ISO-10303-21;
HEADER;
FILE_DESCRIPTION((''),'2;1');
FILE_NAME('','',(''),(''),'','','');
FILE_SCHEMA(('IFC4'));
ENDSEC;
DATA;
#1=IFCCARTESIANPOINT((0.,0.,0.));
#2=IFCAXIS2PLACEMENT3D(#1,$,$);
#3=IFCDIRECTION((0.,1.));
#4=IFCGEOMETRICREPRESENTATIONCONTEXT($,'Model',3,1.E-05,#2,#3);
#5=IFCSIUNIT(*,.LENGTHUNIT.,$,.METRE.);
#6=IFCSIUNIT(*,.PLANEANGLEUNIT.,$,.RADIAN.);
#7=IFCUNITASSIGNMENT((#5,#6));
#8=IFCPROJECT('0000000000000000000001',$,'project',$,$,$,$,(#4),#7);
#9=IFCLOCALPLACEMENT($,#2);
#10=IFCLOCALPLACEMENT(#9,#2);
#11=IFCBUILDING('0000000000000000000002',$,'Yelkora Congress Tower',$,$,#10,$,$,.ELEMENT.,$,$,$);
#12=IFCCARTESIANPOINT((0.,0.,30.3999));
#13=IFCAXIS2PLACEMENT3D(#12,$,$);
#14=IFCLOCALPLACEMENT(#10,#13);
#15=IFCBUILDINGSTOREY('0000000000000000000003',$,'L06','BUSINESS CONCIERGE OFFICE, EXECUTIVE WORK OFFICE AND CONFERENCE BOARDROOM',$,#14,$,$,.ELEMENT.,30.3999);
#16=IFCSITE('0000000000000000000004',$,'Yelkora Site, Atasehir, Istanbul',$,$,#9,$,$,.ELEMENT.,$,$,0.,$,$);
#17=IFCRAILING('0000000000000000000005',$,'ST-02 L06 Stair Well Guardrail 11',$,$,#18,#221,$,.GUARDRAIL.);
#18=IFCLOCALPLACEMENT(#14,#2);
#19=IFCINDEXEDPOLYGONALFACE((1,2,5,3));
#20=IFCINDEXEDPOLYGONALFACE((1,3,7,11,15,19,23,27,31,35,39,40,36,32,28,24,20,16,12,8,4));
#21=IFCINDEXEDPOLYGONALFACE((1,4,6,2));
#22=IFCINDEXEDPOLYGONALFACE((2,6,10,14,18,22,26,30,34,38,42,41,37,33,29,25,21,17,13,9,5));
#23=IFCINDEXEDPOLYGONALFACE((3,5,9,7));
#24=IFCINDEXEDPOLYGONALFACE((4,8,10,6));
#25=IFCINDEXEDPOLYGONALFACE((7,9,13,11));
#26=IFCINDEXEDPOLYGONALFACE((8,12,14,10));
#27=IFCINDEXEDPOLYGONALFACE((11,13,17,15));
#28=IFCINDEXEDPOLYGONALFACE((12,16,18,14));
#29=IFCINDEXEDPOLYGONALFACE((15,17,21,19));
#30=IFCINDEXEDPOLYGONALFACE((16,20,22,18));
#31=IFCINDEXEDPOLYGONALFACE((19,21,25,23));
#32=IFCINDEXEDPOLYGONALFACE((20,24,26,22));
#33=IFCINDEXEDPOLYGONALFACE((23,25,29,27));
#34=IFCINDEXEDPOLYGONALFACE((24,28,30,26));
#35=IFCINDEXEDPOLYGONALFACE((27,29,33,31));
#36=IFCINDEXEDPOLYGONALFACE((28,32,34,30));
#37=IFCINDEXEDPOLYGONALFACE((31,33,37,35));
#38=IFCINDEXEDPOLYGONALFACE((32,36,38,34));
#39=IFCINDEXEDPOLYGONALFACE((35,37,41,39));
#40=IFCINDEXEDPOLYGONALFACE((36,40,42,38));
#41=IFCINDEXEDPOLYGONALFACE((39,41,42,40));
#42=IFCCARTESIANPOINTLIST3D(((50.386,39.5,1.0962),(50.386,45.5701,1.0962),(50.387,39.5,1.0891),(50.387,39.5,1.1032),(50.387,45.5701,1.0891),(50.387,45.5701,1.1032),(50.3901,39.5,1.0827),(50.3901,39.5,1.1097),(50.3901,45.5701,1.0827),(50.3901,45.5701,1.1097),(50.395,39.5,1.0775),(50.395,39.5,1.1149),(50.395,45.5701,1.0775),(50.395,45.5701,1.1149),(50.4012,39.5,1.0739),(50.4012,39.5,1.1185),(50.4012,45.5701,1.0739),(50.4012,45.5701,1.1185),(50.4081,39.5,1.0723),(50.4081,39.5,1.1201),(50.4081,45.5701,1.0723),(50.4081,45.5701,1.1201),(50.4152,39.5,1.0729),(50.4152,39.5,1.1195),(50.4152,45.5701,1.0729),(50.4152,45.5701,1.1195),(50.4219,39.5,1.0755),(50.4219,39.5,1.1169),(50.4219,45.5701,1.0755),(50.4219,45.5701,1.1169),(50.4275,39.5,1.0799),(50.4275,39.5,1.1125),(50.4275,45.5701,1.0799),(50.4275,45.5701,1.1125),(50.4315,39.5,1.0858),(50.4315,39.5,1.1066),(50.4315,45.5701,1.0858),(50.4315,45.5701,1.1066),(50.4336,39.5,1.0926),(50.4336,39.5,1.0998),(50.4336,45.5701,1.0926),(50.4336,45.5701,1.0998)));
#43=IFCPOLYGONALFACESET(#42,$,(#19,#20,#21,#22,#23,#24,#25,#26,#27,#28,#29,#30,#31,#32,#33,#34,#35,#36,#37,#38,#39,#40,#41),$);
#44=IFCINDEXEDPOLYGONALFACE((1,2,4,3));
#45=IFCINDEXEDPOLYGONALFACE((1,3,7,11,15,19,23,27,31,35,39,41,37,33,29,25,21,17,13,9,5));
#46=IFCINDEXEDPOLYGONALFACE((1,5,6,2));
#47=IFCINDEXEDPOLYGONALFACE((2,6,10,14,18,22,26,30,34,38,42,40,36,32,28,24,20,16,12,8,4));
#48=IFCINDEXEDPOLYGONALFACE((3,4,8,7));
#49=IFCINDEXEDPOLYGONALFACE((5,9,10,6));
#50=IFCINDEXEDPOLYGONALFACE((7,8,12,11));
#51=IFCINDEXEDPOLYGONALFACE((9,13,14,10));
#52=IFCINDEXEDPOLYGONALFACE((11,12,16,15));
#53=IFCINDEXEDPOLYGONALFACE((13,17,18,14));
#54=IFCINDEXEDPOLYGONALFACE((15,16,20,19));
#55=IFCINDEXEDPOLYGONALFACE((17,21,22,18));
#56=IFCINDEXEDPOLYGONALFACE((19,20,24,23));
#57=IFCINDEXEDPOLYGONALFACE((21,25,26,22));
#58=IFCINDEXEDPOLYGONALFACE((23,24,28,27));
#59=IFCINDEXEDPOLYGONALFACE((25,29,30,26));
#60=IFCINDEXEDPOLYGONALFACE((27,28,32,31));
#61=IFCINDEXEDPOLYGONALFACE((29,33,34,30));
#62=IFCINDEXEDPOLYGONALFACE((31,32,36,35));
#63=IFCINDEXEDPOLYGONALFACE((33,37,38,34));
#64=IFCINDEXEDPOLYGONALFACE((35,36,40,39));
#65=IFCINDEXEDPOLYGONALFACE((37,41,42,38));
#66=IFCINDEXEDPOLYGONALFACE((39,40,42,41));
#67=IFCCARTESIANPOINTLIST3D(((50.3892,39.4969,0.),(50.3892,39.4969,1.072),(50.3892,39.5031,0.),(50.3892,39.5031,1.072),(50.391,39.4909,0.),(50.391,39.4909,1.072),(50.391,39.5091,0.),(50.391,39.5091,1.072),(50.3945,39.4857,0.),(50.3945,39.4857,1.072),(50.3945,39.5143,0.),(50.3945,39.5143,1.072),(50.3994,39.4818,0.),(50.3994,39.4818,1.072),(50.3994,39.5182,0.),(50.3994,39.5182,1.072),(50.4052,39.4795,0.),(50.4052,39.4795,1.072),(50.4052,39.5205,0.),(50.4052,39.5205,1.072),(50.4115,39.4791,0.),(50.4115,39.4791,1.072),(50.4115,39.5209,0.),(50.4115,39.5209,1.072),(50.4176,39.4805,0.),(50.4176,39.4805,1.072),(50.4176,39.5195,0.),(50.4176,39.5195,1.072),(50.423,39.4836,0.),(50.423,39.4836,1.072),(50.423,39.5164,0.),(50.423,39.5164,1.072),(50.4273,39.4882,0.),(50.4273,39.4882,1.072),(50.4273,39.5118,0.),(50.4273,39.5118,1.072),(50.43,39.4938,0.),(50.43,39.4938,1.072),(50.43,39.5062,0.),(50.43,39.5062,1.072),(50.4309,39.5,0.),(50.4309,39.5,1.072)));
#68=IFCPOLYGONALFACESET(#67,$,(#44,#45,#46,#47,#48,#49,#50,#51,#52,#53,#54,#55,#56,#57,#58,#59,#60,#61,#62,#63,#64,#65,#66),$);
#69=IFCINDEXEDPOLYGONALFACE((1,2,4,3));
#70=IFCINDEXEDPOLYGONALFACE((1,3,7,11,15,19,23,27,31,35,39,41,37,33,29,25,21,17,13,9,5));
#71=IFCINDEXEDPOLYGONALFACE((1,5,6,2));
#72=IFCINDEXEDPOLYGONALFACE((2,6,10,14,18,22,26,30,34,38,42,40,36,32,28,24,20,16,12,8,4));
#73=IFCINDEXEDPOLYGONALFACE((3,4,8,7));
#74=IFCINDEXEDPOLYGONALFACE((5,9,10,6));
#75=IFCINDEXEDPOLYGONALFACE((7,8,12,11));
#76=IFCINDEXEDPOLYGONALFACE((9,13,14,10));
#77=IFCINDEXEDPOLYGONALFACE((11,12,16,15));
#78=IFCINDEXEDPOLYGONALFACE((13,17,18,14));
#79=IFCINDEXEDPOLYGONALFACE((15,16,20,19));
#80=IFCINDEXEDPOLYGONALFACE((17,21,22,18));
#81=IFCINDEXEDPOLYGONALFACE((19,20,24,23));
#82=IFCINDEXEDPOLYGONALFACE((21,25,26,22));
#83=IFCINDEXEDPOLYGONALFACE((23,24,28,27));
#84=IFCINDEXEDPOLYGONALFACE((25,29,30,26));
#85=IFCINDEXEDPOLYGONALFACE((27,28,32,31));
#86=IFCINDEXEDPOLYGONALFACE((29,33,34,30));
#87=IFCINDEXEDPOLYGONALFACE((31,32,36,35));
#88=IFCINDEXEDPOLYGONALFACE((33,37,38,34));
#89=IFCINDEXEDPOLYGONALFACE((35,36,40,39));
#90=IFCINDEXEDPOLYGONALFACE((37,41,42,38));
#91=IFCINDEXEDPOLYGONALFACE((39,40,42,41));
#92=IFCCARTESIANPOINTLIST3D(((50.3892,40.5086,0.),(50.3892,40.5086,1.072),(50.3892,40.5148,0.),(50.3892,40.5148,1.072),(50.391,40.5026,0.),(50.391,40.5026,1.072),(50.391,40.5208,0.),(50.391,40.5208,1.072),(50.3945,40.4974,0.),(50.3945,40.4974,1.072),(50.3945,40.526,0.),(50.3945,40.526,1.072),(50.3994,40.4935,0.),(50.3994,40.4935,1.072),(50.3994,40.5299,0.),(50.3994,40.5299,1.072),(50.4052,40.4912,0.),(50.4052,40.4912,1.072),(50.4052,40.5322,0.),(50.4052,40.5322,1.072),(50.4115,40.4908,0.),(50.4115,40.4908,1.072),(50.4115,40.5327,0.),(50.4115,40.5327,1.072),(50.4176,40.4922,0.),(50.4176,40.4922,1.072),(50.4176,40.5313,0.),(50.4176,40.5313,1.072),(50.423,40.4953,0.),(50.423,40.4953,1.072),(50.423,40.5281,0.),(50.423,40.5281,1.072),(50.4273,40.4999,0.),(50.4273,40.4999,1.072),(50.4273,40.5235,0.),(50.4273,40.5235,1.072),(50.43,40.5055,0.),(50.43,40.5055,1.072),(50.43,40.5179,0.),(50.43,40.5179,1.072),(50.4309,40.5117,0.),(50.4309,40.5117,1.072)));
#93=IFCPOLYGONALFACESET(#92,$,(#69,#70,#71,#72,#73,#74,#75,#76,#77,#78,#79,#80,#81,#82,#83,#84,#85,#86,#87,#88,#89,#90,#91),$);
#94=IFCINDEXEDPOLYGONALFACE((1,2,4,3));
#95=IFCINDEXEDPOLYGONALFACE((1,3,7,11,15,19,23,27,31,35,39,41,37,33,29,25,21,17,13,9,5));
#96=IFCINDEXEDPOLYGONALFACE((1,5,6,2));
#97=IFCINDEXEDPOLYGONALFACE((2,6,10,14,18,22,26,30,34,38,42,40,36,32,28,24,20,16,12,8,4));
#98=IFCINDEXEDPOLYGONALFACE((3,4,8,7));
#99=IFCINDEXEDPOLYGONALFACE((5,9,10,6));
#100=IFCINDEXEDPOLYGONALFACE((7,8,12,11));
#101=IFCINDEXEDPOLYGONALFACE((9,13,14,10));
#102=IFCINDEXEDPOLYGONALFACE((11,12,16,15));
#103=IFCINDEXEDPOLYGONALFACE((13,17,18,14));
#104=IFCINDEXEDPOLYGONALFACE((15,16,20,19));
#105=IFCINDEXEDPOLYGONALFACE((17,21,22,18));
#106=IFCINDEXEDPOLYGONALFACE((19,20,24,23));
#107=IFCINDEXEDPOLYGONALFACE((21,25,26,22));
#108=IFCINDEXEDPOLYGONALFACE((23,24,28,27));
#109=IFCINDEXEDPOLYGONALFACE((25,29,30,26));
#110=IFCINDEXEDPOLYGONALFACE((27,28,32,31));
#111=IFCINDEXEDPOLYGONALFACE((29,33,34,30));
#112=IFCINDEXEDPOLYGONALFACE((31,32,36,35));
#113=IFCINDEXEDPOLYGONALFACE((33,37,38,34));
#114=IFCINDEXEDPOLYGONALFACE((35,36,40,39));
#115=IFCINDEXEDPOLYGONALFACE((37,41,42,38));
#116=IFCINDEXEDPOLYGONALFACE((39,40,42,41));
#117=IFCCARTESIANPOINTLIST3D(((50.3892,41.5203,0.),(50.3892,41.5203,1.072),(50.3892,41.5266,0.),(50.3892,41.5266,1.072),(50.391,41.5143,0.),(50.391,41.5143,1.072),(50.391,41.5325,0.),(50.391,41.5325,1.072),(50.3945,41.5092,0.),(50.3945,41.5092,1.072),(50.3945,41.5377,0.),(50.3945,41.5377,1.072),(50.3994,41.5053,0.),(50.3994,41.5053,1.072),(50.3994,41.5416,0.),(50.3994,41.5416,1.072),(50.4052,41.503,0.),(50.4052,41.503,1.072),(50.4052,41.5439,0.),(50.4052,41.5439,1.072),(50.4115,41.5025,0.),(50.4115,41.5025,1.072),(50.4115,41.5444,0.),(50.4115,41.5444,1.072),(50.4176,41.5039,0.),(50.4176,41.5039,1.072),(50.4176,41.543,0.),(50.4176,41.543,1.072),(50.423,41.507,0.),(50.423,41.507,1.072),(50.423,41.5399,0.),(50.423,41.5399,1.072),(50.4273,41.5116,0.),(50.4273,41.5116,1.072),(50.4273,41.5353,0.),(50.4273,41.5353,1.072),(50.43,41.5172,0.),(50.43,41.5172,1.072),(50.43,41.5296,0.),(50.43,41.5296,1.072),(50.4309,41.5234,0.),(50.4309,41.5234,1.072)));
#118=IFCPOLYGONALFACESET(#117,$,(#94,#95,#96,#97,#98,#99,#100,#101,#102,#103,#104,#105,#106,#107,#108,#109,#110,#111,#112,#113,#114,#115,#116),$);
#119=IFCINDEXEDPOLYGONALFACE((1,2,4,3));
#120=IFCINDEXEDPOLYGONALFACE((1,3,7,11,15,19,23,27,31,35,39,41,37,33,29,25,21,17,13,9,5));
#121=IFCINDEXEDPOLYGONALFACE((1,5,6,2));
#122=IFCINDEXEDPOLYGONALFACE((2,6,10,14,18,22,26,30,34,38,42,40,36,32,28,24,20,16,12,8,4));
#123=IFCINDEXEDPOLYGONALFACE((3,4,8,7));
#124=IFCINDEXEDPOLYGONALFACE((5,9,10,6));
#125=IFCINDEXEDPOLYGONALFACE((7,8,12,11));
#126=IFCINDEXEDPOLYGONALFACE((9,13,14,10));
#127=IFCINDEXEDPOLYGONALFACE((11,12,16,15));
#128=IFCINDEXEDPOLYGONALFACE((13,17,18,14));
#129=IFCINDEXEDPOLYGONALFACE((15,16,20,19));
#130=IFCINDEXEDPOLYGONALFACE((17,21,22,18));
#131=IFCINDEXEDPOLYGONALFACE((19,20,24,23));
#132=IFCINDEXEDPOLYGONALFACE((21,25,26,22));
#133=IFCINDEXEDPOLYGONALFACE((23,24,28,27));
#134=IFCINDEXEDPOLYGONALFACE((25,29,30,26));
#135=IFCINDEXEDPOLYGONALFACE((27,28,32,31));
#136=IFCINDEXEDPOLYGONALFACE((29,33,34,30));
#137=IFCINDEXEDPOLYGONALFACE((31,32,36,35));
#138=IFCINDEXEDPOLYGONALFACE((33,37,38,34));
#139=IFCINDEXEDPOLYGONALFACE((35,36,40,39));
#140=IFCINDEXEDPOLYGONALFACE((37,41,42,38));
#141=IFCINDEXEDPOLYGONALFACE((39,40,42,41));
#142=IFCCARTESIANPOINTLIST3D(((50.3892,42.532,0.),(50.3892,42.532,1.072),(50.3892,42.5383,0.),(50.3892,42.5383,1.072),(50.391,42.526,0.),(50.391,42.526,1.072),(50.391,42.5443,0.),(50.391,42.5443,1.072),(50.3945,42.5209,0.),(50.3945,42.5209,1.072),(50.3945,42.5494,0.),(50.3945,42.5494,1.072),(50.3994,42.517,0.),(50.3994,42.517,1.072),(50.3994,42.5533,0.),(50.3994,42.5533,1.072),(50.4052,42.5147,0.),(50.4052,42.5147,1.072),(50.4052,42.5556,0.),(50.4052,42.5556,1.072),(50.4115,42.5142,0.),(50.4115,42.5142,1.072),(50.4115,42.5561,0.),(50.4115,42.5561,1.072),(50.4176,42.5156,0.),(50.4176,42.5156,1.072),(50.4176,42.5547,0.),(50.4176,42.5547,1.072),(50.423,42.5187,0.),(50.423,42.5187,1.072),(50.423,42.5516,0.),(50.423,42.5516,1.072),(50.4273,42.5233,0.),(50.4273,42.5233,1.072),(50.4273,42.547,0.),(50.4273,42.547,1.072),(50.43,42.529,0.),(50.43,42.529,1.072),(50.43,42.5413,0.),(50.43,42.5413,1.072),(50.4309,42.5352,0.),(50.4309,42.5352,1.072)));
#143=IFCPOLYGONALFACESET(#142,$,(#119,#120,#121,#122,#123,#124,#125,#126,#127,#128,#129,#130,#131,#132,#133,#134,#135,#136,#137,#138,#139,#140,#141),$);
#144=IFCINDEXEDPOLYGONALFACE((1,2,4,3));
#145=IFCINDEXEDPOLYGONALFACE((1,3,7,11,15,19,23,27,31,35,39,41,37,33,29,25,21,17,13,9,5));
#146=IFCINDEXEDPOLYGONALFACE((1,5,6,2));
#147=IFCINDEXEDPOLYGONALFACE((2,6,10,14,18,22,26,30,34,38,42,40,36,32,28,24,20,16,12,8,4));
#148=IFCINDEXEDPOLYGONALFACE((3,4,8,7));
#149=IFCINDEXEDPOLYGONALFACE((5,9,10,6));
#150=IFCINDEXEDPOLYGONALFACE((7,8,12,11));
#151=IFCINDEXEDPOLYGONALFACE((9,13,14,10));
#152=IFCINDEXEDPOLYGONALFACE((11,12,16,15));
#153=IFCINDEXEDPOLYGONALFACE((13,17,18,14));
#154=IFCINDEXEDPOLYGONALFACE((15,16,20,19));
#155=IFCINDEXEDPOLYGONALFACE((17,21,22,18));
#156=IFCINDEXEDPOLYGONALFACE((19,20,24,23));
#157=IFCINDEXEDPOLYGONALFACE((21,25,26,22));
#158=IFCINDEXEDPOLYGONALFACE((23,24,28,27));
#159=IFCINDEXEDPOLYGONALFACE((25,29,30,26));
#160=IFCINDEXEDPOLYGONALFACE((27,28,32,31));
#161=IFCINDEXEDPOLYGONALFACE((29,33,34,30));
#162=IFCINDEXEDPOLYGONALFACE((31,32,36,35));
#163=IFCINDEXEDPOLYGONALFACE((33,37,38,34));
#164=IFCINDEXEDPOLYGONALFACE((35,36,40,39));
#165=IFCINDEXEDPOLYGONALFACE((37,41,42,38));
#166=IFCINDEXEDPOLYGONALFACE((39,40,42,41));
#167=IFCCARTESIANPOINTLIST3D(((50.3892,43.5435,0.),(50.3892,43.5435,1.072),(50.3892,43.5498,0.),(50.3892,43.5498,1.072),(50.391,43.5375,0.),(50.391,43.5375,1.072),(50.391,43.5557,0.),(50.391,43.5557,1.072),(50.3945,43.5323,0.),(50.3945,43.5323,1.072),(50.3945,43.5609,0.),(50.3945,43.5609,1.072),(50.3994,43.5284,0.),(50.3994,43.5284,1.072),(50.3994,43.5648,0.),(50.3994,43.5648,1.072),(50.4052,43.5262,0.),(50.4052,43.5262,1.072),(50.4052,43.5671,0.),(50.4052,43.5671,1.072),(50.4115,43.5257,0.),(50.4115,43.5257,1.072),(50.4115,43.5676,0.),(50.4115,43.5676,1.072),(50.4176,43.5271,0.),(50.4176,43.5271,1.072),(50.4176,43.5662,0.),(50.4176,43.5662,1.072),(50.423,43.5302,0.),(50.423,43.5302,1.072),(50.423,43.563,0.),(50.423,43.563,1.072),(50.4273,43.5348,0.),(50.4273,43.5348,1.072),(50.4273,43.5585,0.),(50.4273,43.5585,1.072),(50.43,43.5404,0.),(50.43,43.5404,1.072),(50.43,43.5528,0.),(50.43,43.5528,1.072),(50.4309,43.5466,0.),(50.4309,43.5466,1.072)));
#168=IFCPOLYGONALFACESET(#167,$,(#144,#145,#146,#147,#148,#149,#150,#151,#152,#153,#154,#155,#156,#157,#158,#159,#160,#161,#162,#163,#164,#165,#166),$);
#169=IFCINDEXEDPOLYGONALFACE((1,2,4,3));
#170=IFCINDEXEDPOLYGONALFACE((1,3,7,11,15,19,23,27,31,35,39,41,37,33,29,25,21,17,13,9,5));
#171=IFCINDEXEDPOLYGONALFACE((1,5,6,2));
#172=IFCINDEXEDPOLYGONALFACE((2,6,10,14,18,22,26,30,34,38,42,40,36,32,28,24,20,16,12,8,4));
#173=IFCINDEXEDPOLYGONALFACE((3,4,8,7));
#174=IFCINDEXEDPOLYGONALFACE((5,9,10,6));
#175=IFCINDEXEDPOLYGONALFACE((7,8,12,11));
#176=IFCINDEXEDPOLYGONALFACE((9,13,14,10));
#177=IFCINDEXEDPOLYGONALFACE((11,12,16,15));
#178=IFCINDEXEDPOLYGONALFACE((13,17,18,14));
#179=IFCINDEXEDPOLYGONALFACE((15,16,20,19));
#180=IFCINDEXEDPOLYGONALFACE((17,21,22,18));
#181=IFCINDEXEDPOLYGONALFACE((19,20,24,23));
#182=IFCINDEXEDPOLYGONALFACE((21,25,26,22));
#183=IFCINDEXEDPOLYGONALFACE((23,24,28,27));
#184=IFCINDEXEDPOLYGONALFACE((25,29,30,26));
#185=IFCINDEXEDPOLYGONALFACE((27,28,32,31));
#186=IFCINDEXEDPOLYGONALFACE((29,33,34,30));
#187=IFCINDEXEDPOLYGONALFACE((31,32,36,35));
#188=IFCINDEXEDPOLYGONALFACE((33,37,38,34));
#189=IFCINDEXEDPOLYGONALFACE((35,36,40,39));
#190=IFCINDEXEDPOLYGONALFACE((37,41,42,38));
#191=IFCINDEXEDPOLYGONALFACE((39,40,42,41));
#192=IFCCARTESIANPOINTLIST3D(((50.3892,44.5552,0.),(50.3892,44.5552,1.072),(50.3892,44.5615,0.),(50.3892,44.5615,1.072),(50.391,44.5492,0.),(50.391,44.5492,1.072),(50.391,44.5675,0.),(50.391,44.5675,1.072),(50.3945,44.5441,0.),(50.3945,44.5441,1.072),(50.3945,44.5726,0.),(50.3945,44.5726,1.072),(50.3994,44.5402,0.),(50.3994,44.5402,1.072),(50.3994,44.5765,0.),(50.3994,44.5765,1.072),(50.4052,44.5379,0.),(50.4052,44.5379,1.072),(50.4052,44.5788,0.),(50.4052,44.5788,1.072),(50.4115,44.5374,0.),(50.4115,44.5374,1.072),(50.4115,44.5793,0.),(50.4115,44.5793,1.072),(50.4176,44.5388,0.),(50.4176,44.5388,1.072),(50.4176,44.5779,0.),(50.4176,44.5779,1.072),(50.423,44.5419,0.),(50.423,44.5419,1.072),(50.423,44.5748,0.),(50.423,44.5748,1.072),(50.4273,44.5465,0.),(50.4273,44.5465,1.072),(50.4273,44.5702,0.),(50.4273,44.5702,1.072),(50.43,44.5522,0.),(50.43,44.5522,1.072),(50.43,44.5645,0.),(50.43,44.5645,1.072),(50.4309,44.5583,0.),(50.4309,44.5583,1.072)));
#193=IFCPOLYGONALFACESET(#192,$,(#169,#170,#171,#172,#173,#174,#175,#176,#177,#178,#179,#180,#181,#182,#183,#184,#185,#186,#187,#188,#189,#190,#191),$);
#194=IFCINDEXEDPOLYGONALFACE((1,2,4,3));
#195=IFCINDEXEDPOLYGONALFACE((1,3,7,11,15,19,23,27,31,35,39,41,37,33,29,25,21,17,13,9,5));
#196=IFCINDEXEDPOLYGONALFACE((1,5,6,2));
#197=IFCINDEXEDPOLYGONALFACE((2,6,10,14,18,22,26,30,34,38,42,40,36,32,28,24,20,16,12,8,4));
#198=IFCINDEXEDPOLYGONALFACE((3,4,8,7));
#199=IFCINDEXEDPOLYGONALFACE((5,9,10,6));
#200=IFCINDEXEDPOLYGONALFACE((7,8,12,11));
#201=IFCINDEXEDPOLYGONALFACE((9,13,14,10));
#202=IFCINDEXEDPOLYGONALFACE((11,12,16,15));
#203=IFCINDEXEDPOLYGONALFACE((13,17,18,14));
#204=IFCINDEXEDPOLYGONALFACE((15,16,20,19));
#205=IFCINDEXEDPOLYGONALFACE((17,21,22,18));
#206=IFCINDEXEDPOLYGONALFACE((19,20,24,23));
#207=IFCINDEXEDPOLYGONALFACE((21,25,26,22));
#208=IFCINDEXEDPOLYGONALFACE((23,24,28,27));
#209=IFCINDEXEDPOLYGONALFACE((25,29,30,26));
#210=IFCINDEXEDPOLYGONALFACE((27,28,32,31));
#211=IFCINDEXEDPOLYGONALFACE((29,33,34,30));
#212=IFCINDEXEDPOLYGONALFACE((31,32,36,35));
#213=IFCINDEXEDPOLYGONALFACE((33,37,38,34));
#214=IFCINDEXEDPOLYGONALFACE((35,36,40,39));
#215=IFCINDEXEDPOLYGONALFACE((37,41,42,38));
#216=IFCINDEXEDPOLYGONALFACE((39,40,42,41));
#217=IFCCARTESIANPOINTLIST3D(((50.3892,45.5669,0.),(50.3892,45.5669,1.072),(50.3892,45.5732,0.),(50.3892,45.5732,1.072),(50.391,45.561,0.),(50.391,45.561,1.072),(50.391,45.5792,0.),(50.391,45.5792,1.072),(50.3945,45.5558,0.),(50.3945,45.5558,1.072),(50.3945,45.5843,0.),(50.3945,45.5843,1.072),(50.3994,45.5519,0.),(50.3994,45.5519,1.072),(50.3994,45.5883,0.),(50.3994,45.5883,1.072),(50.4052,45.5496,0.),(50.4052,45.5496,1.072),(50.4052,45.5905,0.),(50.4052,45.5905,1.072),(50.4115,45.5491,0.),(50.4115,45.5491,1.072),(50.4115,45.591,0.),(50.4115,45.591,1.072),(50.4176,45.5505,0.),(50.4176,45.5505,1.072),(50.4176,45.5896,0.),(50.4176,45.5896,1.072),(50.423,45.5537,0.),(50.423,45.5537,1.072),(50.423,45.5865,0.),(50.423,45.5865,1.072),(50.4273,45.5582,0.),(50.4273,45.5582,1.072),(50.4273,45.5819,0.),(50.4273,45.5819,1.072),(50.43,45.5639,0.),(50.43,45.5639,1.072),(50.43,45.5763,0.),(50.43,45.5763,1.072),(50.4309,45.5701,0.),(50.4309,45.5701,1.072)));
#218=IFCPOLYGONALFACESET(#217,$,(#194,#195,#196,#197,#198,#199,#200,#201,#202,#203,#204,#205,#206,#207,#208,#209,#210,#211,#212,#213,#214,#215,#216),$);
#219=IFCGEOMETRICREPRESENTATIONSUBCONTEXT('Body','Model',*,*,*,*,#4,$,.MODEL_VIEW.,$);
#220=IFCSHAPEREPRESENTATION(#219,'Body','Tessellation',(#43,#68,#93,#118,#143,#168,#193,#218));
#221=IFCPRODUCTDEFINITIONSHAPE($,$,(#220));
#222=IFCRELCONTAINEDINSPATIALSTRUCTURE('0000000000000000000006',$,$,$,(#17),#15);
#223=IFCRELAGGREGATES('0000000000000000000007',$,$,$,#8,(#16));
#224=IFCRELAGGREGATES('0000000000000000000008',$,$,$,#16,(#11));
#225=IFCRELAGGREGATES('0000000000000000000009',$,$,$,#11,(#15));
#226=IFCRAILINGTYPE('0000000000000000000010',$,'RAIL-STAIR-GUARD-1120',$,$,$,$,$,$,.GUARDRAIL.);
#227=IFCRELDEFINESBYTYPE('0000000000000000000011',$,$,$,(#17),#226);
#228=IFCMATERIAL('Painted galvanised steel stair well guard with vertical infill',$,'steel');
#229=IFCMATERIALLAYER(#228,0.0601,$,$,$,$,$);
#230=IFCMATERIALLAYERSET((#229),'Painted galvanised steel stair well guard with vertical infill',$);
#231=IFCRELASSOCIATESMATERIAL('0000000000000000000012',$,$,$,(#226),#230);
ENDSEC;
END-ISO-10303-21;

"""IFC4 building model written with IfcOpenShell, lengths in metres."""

from ifc_helpers import new_model, si_unit, direction, frame, origin, origin_2d, place, context, subcontext, project, spatial, circle, extrude, material, layer, layer_set, type_object, element, save


model = new_model("IFC4")

# Units and contexts
model_context = context("Model", 3, precision=1e-05, world=origin(), true_north=direction((0.0, 1.0)))
body_context = subcontext(model_context, "Body", "Model", "MODEL_VIEW")
ifc_project = project(units=[si_unit("LENGTHUNIT", "METRE"), si_unit("PLANEANGLEUNIT", "RADIAN")], contexts=[model_context])

# Site, building, storey
site_placement = place(None, origin())
site = spatial("IfcSite", under=ifc_project, at=site_placement, Name="Yelkora Site, Atasehir, Istanbul", CompositionType="ELEMENT", RefElevation=0.0)
building_placement = place(site_placement, origin())
building = spatial("IfcBuilding", under=site, at=building_placement, Name="Yelkora Congress Tower", CompositionType="ELEMENT")
storey_placement = place(building_placement, frame((0.0, 0.0, 30.3999)))
storey = spatial("IfcBuildingStorey", under=building, at=storey_placement, Name="L06", Description="BUSINESS CONCIERGE OFFICE, EXECUTIVE WORK OFFICE AND CONFERENCE BOARDROOM", CompositionType="ELEMENT", Elevation=30.3999)

# Railing
ifc_material_1 = material(Name="Painted galvanised steel stair well guard with vertical infill", Category="steel")
ifc_layer_1 = layer(ifc_material_1, 0.0601)
ifc_layer_set_1 = layer_set([ifc_layer_1], Name="Painted galvanised steel stair well guard with vertical infill")
railing_type_1 = type_object("IfcRailingType", Name="RAIL-STAIR-GUARD-1120", PredefinedType="GUARDRAIL", material=ifc_layer_set_1)
railing_1_placement = place(storey_placement, frame((50.4099, 39.5, 0.0)))
element("IfcRailing", 1, at=railing_1_placement, inside=storey, type_object=railing_type_1, Name="ST-02 L06 Stair Well Guardrail 11", PredefinedType="GUARDRAIL", context=body_context, shape_type="SweptSolid", body=[
    extrude(circle(Radius=0.0239, at=origin_2d()), frame((0.0, 0.0, 1.0962), z_axis=(0.0, 1.0, 0.0), x_axis=(-1.0, 0.0, 0.0)), (0.0, 0.0, 1.0), 6.0701),
    extrude(circle(Radius=0.021, at=origin_2d()), origin(), (0.0, 0.0, 1.0), 1.072),
    extrude(circle(Radius=0.021, at=origin_2d()), frame((0.0, 1.0117, 0.0)), (0.0, 0.0, 1.0), 1.072),
    extrude(circle(Radius=0.021, at=origin_2d()), frame((0.0, 2.0234, 0.0)), (0.0, 0.0, 1.0), 1.072),
    extrude(circle(Radius=0.021, at=origin_2d()), frame((0.0, 3.0352, 0.0)), (0.0, 0.0, 1.0), 1.072),
    extrude(circle(Radius=0.021, at=origin_2d()), frame((0.0, 4.0466, 0.0)), (0.0, 0.0, 1.0), 1.072),
    extrude(circle(Radius=0.021, at=origin_2d()), frame((0.0, 5.0583, 0.0)), (0.0, 0.0, 1.0), 1.072),
    extrude(circle(Radius=0.021, at=origin_2d()), frame((0.0, 6.0701, 0.0)), (0.0, 0.0, 1.0), 1.072),
])

save(model, "model.ifc")
